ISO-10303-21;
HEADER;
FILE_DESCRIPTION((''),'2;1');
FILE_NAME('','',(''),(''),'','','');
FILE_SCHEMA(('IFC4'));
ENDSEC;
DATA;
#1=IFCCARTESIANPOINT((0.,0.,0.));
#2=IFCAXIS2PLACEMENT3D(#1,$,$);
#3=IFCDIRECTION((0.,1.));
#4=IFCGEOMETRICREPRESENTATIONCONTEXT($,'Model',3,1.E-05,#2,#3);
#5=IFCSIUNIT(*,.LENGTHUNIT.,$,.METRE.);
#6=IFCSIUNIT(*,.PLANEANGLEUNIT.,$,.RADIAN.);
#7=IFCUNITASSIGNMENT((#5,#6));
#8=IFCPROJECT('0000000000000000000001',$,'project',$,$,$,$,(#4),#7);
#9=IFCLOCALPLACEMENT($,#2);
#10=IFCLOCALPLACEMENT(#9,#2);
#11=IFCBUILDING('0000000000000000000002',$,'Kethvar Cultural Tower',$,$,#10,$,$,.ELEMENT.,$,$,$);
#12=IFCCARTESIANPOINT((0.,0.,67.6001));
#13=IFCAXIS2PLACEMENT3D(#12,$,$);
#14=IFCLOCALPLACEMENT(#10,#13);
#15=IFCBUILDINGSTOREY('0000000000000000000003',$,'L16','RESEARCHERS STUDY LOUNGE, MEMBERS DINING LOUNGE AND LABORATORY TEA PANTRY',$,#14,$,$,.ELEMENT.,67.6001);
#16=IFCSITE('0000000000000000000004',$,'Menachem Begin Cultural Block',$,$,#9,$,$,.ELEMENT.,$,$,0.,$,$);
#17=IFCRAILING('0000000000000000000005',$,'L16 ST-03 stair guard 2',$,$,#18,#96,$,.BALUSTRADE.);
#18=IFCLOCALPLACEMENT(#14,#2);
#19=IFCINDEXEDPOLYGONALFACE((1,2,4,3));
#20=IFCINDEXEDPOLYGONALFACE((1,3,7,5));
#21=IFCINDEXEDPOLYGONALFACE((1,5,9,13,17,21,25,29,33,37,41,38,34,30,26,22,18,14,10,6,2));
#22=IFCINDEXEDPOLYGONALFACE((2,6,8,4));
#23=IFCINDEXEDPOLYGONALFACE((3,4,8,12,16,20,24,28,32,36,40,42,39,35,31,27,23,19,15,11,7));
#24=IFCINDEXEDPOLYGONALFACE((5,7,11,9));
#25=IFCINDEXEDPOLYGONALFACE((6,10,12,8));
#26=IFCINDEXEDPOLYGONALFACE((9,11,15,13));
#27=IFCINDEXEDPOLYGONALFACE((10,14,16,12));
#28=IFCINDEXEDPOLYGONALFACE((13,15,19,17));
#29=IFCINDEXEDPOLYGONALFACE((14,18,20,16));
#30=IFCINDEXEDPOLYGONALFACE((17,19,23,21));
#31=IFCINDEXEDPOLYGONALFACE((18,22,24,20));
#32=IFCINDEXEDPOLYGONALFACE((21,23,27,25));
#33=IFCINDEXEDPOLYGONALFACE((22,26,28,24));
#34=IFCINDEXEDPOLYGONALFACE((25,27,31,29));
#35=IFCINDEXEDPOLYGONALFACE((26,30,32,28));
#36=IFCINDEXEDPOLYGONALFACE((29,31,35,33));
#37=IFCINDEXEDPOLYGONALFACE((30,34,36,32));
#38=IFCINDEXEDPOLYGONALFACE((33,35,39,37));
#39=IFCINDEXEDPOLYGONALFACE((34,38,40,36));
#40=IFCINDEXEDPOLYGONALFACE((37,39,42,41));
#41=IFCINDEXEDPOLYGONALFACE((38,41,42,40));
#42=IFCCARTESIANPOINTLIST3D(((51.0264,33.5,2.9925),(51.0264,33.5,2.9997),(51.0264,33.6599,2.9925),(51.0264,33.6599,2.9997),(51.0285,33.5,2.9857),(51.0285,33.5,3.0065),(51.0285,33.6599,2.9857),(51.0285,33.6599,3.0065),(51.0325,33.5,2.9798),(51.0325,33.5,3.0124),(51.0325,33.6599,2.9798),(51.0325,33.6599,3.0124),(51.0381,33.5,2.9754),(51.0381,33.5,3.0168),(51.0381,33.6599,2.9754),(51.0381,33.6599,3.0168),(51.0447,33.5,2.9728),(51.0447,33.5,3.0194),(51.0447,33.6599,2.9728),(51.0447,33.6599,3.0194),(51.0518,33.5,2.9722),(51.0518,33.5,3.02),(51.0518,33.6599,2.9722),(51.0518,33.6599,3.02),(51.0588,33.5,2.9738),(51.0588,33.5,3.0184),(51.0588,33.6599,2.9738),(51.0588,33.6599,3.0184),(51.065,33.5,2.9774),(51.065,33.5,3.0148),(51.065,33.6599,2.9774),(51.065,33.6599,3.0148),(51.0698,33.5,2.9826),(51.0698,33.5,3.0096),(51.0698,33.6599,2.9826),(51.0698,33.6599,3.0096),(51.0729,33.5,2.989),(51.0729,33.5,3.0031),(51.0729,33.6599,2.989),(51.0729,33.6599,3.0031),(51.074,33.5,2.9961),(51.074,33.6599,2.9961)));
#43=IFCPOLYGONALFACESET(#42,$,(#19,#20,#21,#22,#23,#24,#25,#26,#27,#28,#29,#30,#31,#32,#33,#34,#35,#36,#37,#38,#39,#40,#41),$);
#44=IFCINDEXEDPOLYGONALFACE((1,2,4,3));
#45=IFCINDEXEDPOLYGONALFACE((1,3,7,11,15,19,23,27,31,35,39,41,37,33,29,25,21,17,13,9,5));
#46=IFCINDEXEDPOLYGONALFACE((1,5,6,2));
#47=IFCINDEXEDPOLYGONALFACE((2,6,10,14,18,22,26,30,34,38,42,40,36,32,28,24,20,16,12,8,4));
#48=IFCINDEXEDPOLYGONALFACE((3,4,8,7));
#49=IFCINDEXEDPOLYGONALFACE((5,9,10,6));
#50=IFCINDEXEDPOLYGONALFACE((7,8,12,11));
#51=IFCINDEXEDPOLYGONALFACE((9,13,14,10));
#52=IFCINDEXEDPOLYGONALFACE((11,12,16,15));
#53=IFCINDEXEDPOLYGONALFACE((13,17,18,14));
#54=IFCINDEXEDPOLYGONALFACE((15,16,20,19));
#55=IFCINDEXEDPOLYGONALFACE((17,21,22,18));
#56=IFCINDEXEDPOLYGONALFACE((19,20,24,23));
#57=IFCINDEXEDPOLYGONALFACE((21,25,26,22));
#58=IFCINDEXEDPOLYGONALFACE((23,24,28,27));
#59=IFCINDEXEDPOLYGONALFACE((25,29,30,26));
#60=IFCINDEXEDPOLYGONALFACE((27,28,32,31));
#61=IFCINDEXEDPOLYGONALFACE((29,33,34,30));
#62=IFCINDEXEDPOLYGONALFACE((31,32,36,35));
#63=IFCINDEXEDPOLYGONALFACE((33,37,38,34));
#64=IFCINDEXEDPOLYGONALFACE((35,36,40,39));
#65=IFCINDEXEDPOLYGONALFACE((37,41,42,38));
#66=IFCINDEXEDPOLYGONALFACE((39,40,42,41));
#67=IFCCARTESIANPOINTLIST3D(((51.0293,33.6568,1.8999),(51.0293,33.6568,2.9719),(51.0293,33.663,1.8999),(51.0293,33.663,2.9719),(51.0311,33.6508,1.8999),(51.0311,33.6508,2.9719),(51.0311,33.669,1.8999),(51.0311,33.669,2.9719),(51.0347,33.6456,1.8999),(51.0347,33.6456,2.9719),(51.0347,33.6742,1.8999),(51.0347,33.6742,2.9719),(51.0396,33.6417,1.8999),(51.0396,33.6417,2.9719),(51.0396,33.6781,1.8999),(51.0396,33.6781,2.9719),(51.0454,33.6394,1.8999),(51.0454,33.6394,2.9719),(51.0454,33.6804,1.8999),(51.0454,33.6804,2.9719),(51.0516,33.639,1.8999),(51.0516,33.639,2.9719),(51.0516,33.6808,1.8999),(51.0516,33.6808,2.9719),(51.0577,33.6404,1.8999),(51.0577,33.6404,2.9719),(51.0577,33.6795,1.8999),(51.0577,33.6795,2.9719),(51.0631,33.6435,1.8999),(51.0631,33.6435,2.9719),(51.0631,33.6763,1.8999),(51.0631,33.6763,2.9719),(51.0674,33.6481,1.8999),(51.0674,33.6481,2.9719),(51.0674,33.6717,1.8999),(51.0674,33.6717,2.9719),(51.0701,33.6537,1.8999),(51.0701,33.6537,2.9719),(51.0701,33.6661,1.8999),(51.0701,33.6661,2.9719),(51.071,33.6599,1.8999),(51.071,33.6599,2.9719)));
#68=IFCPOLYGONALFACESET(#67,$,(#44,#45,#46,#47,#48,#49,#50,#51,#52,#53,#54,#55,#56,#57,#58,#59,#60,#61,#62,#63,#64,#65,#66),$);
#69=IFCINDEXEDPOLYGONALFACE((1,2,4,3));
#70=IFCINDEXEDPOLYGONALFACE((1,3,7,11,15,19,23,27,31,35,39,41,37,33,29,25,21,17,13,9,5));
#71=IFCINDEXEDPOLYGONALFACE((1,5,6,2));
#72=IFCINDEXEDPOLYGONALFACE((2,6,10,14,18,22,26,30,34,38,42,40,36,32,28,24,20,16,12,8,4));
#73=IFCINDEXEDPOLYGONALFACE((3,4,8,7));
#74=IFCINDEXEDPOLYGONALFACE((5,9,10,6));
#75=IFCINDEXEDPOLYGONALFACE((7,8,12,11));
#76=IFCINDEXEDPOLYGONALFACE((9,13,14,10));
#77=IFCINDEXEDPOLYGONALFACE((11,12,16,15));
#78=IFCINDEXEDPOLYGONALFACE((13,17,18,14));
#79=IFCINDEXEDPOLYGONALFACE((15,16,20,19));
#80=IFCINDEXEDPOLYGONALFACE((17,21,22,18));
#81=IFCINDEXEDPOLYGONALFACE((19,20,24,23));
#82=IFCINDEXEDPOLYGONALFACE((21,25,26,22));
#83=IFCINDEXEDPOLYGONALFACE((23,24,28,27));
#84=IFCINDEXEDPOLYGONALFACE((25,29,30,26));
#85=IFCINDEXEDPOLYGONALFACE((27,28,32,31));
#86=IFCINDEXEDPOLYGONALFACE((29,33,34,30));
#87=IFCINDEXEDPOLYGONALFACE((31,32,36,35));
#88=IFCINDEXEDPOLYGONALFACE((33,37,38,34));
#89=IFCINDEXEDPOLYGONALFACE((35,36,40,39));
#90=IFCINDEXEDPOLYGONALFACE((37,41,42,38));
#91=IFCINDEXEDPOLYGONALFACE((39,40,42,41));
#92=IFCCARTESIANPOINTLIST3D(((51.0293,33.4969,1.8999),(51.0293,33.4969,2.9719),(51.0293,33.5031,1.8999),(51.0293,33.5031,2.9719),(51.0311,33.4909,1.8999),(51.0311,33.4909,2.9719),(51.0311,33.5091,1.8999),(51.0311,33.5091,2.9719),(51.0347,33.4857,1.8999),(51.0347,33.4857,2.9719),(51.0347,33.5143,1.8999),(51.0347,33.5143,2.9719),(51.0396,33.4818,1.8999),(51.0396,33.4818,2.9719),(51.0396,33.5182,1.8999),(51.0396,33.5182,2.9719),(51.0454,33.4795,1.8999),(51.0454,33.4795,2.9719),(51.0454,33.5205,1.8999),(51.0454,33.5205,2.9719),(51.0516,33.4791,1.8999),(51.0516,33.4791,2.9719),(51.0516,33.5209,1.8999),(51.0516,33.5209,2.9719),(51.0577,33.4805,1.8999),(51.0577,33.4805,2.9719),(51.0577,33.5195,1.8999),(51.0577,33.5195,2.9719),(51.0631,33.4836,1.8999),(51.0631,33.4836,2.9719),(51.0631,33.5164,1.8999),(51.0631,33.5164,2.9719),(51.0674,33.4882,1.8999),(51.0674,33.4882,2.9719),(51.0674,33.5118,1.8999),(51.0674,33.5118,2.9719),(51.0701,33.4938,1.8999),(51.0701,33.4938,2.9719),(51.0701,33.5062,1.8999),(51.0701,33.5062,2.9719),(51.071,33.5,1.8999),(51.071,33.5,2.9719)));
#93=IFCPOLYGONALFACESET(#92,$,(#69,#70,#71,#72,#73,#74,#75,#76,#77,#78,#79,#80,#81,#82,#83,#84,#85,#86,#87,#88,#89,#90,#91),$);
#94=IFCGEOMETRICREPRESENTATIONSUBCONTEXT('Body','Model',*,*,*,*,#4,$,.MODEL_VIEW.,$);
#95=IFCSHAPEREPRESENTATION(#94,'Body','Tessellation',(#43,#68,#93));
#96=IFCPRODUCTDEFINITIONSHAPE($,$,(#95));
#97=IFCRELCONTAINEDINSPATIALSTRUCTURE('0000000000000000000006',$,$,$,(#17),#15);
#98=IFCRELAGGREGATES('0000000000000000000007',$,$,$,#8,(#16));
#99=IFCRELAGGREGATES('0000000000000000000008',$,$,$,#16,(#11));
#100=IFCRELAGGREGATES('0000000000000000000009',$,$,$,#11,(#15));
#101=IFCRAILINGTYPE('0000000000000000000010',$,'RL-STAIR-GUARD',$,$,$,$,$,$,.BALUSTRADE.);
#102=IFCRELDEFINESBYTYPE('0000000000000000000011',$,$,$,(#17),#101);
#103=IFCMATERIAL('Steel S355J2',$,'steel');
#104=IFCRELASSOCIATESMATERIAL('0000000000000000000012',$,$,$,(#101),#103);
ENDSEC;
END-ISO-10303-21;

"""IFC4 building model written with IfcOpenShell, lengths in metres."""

from ifc_helpers import new_model, si_unit, direction, frame, origin, origin_2d, place, context, subcontext, project, spatial, circle, extrude, material, type_object, element, save


model = new_model("IFC4")

# Units and contexts
model_context = context("Model", 3, precision=1e-05, world=origin(), true_north=direction((0.0, 1.0)))
body_context = subcontext(model_context, "Body", "Model", "MODEL_VIEW")
ifc_project = project(units=[si_unit("LENGTHUNIT", "METRE"), si_unit("PLANEANGLEUNIT", "RADIAN")], contexts=[model_context])

# Site, building, storey
site_placement = place(None, origin())
site = spatial("IfcSite", under=ifc_project, at=site_placement, Name="Menachem Begin Cultural Block", CompositionType="ELEMENT", RefElevation=0.0)
building_placement = place(site_placement, origin())
building = spatial("IfcBuilding", under=site, at=building_placement, Name="Kethvar Cultural Tower", CompositionType="ELEMENT")
storey_placement = place(building_placement, frame((0.0, 0.0, 67.6001)))
storey = spatial("IfcBuildingStorey", under=building, at=storey_placement, Name="L16", Description="RESEARCHERS STUDY LOUNGE, MEMBERS DINING LOUNGE AND LABORATORY TEA PANTRY", CompositionType="ELEMENT", Elevation=67.6001)

# Shared definitions
ifc_material_1 = material(Name="Steel S355J2", Category="steel")

# Railing
railing_type_1 = type_object("IfcRailingType", Name="RL-STAIR-GUARD", PredefinedType="BALUSTRADE", material=ifc_material_1)
railing_1_placement = place(storey_placement, frame((51.05, 33.6599, 1.8999)))
element("IfcRailing", 1, at=railing_1_placement, inside=storey, type_object=railing_type_1, Name="L16 ST-03 stair guard 2", PredefinedType="BALUSTRADE", context=body_context, shape_type="SweptSolid", body=[
    extrude(circle(Radius=0.0239, at=origin_2d()), frame((0.0, 0.0, 1.0962), z_axis=(0.0, -1.0, 0.0), x_axis=(1.0, 0.0, 0.0)), (0.0, 0.0, 1.0), 0.1599),
    extrude(circle(Radius=0.021, at=origin_2d()), origin(), (0.0, 0.0, 1.0), 1.072),
    extrude(circle(Radius=0.021, at=origin_2d()), frame((0.0, -0.1599, 0.0)), (0.0, 0.0, 1.0), 1.072),
])

save(model, "model.ifc")
